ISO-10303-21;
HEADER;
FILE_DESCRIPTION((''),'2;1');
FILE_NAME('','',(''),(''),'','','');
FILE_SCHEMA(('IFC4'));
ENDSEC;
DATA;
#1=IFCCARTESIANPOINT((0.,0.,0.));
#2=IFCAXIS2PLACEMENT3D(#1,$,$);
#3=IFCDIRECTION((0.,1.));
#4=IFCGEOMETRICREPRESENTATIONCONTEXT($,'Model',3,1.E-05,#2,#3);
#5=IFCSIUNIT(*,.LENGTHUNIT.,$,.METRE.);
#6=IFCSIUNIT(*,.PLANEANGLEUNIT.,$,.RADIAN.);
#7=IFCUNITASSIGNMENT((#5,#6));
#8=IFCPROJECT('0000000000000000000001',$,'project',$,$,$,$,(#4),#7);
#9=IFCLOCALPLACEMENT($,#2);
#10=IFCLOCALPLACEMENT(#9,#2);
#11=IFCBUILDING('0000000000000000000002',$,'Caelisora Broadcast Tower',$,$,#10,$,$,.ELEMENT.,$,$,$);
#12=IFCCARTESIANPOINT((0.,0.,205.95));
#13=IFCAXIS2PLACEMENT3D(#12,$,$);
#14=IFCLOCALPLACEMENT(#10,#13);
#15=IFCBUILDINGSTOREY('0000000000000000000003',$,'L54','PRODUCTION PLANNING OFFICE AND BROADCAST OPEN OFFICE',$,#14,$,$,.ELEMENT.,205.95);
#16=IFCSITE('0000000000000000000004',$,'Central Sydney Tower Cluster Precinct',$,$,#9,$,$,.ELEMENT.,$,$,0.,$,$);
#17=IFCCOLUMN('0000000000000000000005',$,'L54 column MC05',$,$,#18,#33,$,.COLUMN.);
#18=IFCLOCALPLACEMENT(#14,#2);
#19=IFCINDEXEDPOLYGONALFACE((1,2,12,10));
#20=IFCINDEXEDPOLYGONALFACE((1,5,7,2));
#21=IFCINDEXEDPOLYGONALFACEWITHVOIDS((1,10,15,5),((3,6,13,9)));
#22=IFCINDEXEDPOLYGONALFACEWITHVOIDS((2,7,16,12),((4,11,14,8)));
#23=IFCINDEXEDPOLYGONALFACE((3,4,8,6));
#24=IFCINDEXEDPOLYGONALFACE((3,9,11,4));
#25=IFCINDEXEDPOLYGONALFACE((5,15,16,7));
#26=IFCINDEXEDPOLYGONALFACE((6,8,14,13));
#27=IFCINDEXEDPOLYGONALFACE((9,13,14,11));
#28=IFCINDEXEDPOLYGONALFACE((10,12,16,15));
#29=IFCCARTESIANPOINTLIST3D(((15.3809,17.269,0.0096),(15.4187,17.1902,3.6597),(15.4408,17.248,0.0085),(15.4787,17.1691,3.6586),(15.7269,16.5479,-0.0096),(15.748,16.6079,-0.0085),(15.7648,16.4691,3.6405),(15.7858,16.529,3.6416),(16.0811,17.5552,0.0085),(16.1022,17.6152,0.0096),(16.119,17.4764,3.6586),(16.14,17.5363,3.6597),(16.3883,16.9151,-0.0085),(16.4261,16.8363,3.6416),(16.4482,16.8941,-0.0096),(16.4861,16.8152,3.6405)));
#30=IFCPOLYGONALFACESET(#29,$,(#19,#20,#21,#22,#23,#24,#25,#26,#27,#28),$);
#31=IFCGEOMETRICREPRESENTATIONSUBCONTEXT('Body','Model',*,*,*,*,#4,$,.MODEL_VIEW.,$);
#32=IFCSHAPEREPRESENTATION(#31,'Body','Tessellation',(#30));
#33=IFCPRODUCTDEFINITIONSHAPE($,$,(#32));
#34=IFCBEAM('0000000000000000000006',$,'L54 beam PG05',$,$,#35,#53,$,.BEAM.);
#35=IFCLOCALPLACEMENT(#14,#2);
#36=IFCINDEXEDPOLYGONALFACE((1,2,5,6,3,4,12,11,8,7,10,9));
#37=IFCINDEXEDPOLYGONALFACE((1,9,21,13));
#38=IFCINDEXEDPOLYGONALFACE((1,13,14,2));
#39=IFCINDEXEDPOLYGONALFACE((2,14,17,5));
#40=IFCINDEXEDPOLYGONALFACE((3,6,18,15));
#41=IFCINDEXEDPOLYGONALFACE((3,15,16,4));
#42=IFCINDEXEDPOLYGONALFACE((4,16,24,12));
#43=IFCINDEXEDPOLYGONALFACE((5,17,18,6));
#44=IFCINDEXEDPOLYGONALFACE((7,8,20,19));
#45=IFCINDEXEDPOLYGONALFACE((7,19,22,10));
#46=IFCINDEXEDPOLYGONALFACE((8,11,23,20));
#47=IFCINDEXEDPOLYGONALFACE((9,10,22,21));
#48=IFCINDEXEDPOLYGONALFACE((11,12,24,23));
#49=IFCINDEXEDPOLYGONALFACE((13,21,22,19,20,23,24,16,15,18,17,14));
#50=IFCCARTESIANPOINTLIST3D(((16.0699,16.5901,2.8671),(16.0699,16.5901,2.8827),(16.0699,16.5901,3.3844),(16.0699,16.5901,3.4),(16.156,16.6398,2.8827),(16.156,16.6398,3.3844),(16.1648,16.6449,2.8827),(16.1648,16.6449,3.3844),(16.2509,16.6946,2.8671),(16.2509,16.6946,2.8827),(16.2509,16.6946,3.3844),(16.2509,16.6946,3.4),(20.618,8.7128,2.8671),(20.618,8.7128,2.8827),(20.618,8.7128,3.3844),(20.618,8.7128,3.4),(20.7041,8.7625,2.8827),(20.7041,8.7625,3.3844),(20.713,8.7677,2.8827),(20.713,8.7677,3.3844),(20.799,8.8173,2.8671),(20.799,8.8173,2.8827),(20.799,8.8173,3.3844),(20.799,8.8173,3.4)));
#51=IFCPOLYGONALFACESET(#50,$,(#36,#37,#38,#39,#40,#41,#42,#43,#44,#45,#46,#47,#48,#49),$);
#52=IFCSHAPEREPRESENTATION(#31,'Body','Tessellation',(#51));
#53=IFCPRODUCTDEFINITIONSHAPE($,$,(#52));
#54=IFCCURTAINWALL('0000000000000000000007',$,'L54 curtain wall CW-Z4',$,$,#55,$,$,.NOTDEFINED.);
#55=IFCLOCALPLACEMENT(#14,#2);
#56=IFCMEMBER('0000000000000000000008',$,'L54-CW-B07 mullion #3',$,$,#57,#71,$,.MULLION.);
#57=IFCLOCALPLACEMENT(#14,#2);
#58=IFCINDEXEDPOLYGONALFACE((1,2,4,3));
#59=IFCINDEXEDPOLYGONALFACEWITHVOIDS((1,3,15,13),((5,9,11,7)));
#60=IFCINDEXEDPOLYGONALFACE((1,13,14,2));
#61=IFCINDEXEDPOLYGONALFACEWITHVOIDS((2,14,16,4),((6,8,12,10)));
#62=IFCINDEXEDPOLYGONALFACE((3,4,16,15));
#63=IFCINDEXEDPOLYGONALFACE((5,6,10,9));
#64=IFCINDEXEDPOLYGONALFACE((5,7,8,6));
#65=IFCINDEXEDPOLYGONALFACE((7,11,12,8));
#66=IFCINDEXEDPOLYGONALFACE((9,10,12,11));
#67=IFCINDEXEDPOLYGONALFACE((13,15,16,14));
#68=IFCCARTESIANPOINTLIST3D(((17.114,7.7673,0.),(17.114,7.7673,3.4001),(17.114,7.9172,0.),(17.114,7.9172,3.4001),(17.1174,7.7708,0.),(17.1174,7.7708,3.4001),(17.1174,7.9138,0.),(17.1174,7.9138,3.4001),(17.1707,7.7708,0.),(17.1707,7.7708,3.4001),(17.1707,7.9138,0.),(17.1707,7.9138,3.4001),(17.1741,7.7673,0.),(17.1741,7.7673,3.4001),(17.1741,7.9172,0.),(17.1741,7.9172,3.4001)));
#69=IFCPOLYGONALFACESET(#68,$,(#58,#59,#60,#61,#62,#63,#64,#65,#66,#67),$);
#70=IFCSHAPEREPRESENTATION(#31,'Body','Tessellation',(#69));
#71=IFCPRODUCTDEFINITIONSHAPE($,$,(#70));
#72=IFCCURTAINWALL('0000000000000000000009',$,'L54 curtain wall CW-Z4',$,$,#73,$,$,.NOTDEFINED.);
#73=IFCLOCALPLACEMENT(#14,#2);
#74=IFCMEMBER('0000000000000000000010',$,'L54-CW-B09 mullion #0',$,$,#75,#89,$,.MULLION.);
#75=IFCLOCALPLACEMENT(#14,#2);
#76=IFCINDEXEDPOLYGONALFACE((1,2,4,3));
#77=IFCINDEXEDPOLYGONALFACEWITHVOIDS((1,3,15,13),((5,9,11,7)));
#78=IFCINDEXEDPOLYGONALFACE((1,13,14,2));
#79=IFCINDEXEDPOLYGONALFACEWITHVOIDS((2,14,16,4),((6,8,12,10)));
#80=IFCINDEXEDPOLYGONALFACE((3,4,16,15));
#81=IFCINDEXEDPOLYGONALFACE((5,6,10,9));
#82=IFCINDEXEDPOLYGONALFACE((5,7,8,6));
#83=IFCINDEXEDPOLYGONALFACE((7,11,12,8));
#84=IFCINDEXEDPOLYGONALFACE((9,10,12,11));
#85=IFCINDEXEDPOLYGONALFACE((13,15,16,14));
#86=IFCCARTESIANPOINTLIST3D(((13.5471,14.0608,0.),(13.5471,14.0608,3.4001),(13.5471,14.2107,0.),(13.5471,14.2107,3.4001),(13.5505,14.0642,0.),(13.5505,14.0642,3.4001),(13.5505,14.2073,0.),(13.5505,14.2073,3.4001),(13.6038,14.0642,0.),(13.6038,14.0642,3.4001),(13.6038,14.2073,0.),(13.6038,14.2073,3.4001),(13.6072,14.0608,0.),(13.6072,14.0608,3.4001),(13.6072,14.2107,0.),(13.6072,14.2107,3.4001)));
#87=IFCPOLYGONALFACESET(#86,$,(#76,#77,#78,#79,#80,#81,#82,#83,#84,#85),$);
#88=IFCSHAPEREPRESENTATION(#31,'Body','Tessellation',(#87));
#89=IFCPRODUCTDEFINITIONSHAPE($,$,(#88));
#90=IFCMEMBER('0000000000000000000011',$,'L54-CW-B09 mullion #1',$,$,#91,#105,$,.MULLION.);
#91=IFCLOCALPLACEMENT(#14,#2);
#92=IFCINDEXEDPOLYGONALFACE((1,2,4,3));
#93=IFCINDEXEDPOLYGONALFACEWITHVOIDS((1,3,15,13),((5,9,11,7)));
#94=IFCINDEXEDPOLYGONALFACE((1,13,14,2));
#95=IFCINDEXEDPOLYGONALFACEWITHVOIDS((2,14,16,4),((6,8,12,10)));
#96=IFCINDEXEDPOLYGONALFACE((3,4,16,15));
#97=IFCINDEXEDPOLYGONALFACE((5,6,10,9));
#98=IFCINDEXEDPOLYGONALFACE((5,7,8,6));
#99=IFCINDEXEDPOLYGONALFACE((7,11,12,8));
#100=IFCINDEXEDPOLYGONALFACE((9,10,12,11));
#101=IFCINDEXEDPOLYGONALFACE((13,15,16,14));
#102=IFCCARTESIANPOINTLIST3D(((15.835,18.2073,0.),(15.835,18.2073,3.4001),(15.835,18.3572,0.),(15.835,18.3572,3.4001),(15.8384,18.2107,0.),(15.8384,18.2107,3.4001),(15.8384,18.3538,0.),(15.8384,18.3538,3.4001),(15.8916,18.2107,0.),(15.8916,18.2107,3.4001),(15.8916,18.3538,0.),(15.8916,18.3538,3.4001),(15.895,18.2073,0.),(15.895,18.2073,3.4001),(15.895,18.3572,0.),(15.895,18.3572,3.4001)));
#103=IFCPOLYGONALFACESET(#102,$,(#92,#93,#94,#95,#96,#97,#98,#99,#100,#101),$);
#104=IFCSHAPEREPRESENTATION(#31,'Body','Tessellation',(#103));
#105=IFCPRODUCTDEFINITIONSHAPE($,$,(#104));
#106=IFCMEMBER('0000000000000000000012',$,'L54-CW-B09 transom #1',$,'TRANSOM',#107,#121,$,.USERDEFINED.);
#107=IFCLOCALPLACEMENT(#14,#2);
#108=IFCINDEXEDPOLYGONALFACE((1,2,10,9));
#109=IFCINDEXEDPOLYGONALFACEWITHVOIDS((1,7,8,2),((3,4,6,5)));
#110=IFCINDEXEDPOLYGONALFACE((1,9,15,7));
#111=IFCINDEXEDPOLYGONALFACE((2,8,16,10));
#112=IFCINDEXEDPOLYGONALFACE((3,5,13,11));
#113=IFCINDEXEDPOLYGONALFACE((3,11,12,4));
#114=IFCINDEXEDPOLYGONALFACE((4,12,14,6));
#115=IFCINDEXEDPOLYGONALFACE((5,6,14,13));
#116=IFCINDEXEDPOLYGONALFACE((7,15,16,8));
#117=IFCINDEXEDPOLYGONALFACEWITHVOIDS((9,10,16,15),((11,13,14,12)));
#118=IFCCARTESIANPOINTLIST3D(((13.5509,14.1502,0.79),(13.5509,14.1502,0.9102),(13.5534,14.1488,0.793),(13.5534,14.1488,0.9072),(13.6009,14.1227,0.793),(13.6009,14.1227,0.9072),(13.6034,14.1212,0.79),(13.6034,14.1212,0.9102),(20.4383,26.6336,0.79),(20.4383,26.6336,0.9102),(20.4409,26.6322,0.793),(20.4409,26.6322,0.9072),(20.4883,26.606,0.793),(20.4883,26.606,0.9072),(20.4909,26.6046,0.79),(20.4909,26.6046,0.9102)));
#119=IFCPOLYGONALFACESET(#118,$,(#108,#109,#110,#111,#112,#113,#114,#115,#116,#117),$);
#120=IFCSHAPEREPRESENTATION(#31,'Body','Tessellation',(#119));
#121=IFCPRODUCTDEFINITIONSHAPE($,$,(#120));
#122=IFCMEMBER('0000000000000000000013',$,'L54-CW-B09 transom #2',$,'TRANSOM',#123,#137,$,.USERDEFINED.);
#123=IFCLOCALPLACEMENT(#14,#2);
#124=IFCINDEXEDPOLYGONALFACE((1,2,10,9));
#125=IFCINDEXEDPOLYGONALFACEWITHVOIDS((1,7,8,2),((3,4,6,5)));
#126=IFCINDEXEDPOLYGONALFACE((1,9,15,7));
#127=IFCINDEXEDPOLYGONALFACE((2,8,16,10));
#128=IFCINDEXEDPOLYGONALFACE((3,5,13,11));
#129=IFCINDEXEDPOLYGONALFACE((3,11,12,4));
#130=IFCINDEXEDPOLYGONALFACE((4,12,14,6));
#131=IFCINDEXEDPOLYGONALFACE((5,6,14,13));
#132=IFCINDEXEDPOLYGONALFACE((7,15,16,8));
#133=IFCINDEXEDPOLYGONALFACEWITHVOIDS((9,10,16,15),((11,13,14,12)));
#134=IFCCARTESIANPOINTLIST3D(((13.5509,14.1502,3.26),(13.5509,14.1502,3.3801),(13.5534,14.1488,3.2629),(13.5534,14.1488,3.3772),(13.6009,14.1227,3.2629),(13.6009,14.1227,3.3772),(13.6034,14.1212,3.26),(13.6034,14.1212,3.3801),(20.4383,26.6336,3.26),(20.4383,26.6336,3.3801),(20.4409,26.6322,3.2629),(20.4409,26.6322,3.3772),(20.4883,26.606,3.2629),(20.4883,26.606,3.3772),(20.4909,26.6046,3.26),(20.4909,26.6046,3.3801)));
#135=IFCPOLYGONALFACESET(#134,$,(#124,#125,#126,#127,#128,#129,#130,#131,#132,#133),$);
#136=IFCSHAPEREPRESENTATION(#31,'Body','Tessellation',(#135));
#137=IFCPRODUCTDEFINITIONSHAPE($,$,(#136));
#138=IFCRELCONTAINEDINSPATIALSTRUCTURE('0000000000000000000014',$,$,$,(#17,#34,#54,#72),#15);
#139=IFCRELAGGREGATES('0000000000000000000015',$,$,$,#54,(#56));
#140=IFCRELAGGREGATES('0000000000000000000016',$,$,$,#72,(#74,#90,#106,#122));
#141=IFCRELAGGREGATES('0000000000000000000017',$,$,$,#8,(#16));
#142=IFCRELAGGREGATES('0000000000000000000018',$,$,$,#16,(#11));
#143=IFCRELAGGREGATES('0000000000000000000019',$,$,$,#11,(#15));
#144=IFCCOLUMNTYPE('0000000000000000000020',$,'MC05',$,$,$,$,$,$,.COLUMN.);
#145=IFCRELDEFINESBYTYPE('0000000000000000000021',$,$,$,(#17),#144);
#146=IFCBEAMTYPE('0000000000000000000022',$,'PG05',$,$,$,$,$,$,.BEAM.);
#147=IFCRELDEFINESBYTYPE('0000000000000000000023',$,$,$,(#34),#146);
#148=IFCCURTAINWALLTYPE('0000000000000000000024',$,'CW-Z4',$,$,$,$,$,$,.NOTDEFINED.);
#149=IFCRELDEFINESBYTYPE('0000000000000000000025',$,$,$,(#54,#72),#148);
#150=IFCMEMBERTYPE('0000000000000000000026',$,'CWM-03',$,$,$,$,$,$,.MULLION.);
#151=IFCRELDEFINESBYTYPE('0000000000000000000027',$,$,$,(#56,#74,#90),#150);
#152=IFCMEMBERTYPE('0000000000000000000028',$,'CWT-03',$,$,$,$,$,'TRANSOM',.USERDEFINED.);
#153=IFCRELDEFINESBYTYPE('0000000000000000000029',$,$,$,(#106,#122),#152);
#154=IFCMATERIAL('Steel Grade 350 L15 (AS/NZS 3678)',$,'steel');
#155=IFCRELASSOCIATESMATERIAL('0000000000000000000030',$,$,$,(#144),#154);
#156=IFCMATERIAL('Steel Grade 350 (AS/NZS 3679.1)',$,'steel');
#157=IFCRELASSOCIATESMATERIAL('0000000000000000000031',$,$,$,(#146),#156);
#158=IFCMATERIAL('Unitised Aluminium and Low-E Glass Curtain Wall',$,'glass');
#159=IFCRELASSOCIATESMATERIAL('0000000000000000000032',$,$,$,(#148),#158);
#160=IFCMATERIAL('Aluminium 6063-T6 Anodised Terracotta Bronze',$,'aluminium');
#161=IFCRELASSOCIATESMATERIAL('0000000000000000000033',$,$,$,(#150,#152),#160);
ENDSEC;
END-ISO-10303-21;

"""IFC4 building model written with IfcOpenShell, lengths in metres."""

from ifc_helpers import new_model, si_unit, direction, frame, origin, origin_2d, place, context, subcontext, project, spatial, hollow_rectangle, i_section, extrude, source, transform, mapped, material, material_profile, profile_set, type_object, type_shapes, element, aggregate, save


model = new_model("IFC4")

# Units and contexts
model_context = context("Model", 3, precision=1e-05, world=origin(), true_north=direction((0.0, 1.0)))
body_context = subcontext(model_context, "Body", "Model", "MODEL_VIEW")
ifc_project = project(units=[si_unit("LENGTHUNIT", "METRE"), si_unit("PLANEANGLEUNIT", "RADIAN")], contexts=[model_context])

# Site, building, storey
site_placement = place(None, origin())
site = spatial("IfcSite", under=ifc_project, at=site_placement, Name="Central Sydney Tower Cluster Precinct", CompositionType="ELEMENT", RefElevation=0.0)
building_placement = place(site_placement, origin())
building = spatial("IfcBuilding", under=site, at=building_placement, Name="Caelisora Broadcast Tower", CompositionType="ELEMENT")
storey_placement = place(building_placement, frame((0.0, 0.0, 205.95)))
storey = spatial("IfcBuildingStorey", under=building, at=storey_placement, Name="L54", Description="PRODUCTION PLANNING OFFICE AND BROADCAST OPEN OFFICE", CompositionType="ELEMENT", Elevation=205.95)

# Column
ifc_material_1 = material(Name="Steel Grade 350 L15 (AS/NZS 3678)", Category="steel")
ifc_material_profile_1 = material_profile(ifc_material_1, hollow_rectangle(XDim=0.8, YDim=0.8, WallThickness=0.0449, at=origin_2d()), Name="Steel Grade 350 L15 (AS/NZS 3678)")
ifc_profile_set_1 = profile_set([ifc_material_profile_1], Name="Steel Grade 350 L15 (AS/NZS 3678)")
column_type = type_object("IfcColumnType", Name="MC05", PredefinedType="COLUMN", material=ifc_profile_set_1)
shared_shape_1 = source(origin(), body_context, "Body", "SweptSolid", [
    extrude(hollow_rectangle(XDim=0.8, YDim=0.8, WallThickness=0.0449, at=origin_2d()), origin(), (0.0, 0.0, 1.0), 3.6511),
])
type_shapes(column_type, [shared_shape_1])
column_placement = place(storey_placement, frame((15.9146, 17.0815, 0.0), z_axis=(0.010364, -0.021598, 0.999713), x_axis=(0.901567, 0.43264, 0.0)))
element("IfcColumn", 1, at=column_placement, inside=storey, type_object=column_type, Name="L54 column MC05", PredefinedType="COLUMN", context=body_context, shape_type="MappedRepresentation", body=[
    mapped(shared_shape_1, transform((0.0, 0.0, 0.0), scale=1.0)),
])

# Beam
ifc_material_2 = material(Name="Steel Grade 350 (AS/NZS 3679.1)", Category="steel")
ifc_material_profile_2 = material_profile(ifc_material_2, i_section(OverallWidth=0.209, OverallDepth=0.533, WebThickness=0.0103, FlangeThickness=0.0156, at=origin_2d()), Name="Steel Grade 350 (AS/NZS 3679.1)")
ifc_profile_set_2 = profile_set([ifc_material_profile_2], Name="Steel Grade 350 (AS/NZS 3679.1)")
beam_type = type_object("IfcBeamType", Name="PG05", PredefinedType="BEAM", material=ifc_profile_set_2)
shared_shape_2 = source(origin(), body_context, "Body", "SweptSolid", [
    extrude(i_section(OverallWidth=0.209, OverallDepth=0.533, WebThickness=0.0103, FlangeThickness=0.0156, at=origin_2d()), origin(), (0.0, 0.0, 1.0), 9.0959),
])
type_shapes(beam_type, [shared_shape_2])
beam_placement = place(storey_placement, frame((16.1604, 16.6423, 3.1335), z_axis=(0.500016, -0.866016, 0.0), x_axis=(0.866016, 0.500016, 0.0)))
element("IfcBeam", 2, at=beam_placement, inside=storey, type_object=beam_type, Name="L54 beam PG05", PredefinedType="BEAM", context=body_context, shape_type="MappedRepresentation", body=[
    mapped(shared_shape_2, transform((0.0, 0.0, 0.0), scale=1.0)),
])

# Curtain wall, member
ifc_material_3 = material(Name="Unitised Aluminium and Low-E Glass Curtain Wall", Category="glass")
curtain_wall_type = type_object("IfcCurtainWallType", Name="CW-Z4", PredefinedType="NOTDEFINED", material=ifc_material_3)
curtain_wall_1_placement = place(storey_placement, origin())
curtain_wall_1 = element("IfcCurtainWall", 3, at=curtain_wall_1_placement, inside=storey, type_object=curtain_wall_type, Name="L54 curtain wall CW-Z4", PredefinedType="NOTDEFINED")
ifc_material_4 = material(Name="Aluminium 6063-T6 Anodised Terracotta Bronze", Category="aluminium")
ifc_material_profile_3 = material_profile(ifc_material_4, hollow_rectangle(XDim=0.0601, YDim=0.1499, WallThickness=0.0034, at=origin_2d()), Name="Aluminium 6063-T6 Anodised Terracotta Bronze")
ifc_profile_set_3 = profile_set([ifc_material_profile_3], Name="Aluminium 6063-T6 Anodised Terracotta Bronze")
member_type_1 = type_object("IfcMemberType", Name="CWM-03", PredefinedType="MULLION", material=ifc_profile_set_3)
shared_shape_3 = source(origin(), body_context, "Body", "SweptSolid", [
    extrude(hollow_rectangle(XDim=0.0601, YDim=0.1499, WallThickness=0.0034, at=origin_2d()), origin(), (0.0, 0.0, 1.0), 3.4001),
])
type_shapes(member_type_1, [shared_shape_3])
member_1_placement = place(storey_placement, frame((17.144, 7.8423, 0.0), z_axis=(0.0, 0.0, 1.0), x_axis=(1.0, 0.0, 0.0)))
member_1 = element("IfcMember", 4, at=member_1_placement, type_object=member_type_1, Name="L54-CW-B07 mullion #3", PredefinedType="MULLION", context=body_context, shape_type="MappedRepresentation", body=[
    mapped(shared_shape_3, transform((0.0, 0.0, 0.0), scale=1.0)),
])
aggregate(curtain_wall_1, [member_1])

# Curtain wall, members
curtain_wall_2_placement = place(storey_placement, origin())
curtain_wall_2 = element("IfcCurtainWall", 5, at=curtain_wall_2_placement, inside=storey, type_object=curtain_wall_type, Name="L54 curtain wall CW-Z4", PredefinedType="NOTDEFINED")
member_2_placement = place(storey_placement, frame((13.5771, 14.1357, 0.0), z_axis=(0.0, 0.0, 1.0), x_axis=(1.0, 0.0, 0.0)))
member_2 = element("IfcMember", 6, at=member_2_placement, type_object=member_type_1, Name="L54-CW-B09 mullion #0", PredefinedType="MULLION", context=body_context, shape_type="MappedRepresentation", body=[
    mapped(shared_shape_3, transform((0.0, 0.0, 0.0), scale=1.0)),
])
member_3_placement = place(storey_placement, frame((15.865, 18.2822, 0.0), z_axis=(0.0, 0.0, 1.0), x_axis=(1.0, 0.0, 0.0)))
member_3 = element("IfcMember", 7, at=member_3_placement, type_object=member_type_1, Name="L54-CW-B09 mullion #1", PredefinedType="MULLION", context=body_context, shape_type="MappedRepresentation", body=[
    mapped(shared_shape_3, transform((0.0, 0.0, 0.0), scale=1.0)),
])
ifc_material_profile_4 = material_profile(ifc_material_4, hollow_rectangle(XDim=0.0601, YDim=0.1201, WallThickness=0.0029, at=origin_2d()), Name="Aluminium 6063-T6 Anodised Terracotta Bronze")
ifc_profile_set_4 = profile_set([ifc_material_profile_4], Name="Aluminium 6063-T6 Anodised Terracotta Bronze")
member_type_2 = type_object("IfcMemberType", Name="CWT-03", ElementType="TRANSOM", PredefinedType="USERDEFINED", material=ifc_profile_set_4)
shared_shape_4 = source(origin(), body_context, "Body", "SweptSolid", [
    extrude(hollow_rectangle(XDim=0.0601, YDim=0.1201, WallThickness=0.0029, at=origin_2d()), origin(), (0.0, 0.0, 1.0), 14.2573),
])
type_shapes(member_type_2, [shared_shape_4])
member_4_placement = place(storey_placement, frame((13.5771, 14.1357, 0.8501), z_axis=(0.483081, 0.875576, 0.0), x_axis=(-0.875576, 0.483081, 0.0)))
member_4 = element("IfcMember", 8, at=member_4_placement, type_object=member_type_2, Name="L54-CW-B09 transom #1", ObjectType="TRANSOM", PredefinedType="USERDEFINED", context=body_context, shape_type="MappedRepresentation", body=[
    mapped(shared_shape_4, transform((0.0, 0.0, 0.0), scale=1.0)),
])
member_5_placement = place(storey_placement, frame((13.5771, 14.1357, 3.3201), z_axis=(0.483081, 0.875576, 0.0), x_axis=(-0.875576, 0.483081, 0.0)))
member_5 = element("IfcMember", 9, at=member_5_placement, type_object=member_type_2, Name="L54-CW-B09 transom #2", ObjectType="TRANSOM", PredefinedType="USERDEFINED", context=body_context, shape_type="MappedRepresentation", body=[
    mapped(shared_shape_4, transform((0.0, 0.0, 0.0), scale=1.0)),
])

aggregate(curtain_wall_2, [member_2, member_3, member_4, member_5])

save(model, "model.ifc")
